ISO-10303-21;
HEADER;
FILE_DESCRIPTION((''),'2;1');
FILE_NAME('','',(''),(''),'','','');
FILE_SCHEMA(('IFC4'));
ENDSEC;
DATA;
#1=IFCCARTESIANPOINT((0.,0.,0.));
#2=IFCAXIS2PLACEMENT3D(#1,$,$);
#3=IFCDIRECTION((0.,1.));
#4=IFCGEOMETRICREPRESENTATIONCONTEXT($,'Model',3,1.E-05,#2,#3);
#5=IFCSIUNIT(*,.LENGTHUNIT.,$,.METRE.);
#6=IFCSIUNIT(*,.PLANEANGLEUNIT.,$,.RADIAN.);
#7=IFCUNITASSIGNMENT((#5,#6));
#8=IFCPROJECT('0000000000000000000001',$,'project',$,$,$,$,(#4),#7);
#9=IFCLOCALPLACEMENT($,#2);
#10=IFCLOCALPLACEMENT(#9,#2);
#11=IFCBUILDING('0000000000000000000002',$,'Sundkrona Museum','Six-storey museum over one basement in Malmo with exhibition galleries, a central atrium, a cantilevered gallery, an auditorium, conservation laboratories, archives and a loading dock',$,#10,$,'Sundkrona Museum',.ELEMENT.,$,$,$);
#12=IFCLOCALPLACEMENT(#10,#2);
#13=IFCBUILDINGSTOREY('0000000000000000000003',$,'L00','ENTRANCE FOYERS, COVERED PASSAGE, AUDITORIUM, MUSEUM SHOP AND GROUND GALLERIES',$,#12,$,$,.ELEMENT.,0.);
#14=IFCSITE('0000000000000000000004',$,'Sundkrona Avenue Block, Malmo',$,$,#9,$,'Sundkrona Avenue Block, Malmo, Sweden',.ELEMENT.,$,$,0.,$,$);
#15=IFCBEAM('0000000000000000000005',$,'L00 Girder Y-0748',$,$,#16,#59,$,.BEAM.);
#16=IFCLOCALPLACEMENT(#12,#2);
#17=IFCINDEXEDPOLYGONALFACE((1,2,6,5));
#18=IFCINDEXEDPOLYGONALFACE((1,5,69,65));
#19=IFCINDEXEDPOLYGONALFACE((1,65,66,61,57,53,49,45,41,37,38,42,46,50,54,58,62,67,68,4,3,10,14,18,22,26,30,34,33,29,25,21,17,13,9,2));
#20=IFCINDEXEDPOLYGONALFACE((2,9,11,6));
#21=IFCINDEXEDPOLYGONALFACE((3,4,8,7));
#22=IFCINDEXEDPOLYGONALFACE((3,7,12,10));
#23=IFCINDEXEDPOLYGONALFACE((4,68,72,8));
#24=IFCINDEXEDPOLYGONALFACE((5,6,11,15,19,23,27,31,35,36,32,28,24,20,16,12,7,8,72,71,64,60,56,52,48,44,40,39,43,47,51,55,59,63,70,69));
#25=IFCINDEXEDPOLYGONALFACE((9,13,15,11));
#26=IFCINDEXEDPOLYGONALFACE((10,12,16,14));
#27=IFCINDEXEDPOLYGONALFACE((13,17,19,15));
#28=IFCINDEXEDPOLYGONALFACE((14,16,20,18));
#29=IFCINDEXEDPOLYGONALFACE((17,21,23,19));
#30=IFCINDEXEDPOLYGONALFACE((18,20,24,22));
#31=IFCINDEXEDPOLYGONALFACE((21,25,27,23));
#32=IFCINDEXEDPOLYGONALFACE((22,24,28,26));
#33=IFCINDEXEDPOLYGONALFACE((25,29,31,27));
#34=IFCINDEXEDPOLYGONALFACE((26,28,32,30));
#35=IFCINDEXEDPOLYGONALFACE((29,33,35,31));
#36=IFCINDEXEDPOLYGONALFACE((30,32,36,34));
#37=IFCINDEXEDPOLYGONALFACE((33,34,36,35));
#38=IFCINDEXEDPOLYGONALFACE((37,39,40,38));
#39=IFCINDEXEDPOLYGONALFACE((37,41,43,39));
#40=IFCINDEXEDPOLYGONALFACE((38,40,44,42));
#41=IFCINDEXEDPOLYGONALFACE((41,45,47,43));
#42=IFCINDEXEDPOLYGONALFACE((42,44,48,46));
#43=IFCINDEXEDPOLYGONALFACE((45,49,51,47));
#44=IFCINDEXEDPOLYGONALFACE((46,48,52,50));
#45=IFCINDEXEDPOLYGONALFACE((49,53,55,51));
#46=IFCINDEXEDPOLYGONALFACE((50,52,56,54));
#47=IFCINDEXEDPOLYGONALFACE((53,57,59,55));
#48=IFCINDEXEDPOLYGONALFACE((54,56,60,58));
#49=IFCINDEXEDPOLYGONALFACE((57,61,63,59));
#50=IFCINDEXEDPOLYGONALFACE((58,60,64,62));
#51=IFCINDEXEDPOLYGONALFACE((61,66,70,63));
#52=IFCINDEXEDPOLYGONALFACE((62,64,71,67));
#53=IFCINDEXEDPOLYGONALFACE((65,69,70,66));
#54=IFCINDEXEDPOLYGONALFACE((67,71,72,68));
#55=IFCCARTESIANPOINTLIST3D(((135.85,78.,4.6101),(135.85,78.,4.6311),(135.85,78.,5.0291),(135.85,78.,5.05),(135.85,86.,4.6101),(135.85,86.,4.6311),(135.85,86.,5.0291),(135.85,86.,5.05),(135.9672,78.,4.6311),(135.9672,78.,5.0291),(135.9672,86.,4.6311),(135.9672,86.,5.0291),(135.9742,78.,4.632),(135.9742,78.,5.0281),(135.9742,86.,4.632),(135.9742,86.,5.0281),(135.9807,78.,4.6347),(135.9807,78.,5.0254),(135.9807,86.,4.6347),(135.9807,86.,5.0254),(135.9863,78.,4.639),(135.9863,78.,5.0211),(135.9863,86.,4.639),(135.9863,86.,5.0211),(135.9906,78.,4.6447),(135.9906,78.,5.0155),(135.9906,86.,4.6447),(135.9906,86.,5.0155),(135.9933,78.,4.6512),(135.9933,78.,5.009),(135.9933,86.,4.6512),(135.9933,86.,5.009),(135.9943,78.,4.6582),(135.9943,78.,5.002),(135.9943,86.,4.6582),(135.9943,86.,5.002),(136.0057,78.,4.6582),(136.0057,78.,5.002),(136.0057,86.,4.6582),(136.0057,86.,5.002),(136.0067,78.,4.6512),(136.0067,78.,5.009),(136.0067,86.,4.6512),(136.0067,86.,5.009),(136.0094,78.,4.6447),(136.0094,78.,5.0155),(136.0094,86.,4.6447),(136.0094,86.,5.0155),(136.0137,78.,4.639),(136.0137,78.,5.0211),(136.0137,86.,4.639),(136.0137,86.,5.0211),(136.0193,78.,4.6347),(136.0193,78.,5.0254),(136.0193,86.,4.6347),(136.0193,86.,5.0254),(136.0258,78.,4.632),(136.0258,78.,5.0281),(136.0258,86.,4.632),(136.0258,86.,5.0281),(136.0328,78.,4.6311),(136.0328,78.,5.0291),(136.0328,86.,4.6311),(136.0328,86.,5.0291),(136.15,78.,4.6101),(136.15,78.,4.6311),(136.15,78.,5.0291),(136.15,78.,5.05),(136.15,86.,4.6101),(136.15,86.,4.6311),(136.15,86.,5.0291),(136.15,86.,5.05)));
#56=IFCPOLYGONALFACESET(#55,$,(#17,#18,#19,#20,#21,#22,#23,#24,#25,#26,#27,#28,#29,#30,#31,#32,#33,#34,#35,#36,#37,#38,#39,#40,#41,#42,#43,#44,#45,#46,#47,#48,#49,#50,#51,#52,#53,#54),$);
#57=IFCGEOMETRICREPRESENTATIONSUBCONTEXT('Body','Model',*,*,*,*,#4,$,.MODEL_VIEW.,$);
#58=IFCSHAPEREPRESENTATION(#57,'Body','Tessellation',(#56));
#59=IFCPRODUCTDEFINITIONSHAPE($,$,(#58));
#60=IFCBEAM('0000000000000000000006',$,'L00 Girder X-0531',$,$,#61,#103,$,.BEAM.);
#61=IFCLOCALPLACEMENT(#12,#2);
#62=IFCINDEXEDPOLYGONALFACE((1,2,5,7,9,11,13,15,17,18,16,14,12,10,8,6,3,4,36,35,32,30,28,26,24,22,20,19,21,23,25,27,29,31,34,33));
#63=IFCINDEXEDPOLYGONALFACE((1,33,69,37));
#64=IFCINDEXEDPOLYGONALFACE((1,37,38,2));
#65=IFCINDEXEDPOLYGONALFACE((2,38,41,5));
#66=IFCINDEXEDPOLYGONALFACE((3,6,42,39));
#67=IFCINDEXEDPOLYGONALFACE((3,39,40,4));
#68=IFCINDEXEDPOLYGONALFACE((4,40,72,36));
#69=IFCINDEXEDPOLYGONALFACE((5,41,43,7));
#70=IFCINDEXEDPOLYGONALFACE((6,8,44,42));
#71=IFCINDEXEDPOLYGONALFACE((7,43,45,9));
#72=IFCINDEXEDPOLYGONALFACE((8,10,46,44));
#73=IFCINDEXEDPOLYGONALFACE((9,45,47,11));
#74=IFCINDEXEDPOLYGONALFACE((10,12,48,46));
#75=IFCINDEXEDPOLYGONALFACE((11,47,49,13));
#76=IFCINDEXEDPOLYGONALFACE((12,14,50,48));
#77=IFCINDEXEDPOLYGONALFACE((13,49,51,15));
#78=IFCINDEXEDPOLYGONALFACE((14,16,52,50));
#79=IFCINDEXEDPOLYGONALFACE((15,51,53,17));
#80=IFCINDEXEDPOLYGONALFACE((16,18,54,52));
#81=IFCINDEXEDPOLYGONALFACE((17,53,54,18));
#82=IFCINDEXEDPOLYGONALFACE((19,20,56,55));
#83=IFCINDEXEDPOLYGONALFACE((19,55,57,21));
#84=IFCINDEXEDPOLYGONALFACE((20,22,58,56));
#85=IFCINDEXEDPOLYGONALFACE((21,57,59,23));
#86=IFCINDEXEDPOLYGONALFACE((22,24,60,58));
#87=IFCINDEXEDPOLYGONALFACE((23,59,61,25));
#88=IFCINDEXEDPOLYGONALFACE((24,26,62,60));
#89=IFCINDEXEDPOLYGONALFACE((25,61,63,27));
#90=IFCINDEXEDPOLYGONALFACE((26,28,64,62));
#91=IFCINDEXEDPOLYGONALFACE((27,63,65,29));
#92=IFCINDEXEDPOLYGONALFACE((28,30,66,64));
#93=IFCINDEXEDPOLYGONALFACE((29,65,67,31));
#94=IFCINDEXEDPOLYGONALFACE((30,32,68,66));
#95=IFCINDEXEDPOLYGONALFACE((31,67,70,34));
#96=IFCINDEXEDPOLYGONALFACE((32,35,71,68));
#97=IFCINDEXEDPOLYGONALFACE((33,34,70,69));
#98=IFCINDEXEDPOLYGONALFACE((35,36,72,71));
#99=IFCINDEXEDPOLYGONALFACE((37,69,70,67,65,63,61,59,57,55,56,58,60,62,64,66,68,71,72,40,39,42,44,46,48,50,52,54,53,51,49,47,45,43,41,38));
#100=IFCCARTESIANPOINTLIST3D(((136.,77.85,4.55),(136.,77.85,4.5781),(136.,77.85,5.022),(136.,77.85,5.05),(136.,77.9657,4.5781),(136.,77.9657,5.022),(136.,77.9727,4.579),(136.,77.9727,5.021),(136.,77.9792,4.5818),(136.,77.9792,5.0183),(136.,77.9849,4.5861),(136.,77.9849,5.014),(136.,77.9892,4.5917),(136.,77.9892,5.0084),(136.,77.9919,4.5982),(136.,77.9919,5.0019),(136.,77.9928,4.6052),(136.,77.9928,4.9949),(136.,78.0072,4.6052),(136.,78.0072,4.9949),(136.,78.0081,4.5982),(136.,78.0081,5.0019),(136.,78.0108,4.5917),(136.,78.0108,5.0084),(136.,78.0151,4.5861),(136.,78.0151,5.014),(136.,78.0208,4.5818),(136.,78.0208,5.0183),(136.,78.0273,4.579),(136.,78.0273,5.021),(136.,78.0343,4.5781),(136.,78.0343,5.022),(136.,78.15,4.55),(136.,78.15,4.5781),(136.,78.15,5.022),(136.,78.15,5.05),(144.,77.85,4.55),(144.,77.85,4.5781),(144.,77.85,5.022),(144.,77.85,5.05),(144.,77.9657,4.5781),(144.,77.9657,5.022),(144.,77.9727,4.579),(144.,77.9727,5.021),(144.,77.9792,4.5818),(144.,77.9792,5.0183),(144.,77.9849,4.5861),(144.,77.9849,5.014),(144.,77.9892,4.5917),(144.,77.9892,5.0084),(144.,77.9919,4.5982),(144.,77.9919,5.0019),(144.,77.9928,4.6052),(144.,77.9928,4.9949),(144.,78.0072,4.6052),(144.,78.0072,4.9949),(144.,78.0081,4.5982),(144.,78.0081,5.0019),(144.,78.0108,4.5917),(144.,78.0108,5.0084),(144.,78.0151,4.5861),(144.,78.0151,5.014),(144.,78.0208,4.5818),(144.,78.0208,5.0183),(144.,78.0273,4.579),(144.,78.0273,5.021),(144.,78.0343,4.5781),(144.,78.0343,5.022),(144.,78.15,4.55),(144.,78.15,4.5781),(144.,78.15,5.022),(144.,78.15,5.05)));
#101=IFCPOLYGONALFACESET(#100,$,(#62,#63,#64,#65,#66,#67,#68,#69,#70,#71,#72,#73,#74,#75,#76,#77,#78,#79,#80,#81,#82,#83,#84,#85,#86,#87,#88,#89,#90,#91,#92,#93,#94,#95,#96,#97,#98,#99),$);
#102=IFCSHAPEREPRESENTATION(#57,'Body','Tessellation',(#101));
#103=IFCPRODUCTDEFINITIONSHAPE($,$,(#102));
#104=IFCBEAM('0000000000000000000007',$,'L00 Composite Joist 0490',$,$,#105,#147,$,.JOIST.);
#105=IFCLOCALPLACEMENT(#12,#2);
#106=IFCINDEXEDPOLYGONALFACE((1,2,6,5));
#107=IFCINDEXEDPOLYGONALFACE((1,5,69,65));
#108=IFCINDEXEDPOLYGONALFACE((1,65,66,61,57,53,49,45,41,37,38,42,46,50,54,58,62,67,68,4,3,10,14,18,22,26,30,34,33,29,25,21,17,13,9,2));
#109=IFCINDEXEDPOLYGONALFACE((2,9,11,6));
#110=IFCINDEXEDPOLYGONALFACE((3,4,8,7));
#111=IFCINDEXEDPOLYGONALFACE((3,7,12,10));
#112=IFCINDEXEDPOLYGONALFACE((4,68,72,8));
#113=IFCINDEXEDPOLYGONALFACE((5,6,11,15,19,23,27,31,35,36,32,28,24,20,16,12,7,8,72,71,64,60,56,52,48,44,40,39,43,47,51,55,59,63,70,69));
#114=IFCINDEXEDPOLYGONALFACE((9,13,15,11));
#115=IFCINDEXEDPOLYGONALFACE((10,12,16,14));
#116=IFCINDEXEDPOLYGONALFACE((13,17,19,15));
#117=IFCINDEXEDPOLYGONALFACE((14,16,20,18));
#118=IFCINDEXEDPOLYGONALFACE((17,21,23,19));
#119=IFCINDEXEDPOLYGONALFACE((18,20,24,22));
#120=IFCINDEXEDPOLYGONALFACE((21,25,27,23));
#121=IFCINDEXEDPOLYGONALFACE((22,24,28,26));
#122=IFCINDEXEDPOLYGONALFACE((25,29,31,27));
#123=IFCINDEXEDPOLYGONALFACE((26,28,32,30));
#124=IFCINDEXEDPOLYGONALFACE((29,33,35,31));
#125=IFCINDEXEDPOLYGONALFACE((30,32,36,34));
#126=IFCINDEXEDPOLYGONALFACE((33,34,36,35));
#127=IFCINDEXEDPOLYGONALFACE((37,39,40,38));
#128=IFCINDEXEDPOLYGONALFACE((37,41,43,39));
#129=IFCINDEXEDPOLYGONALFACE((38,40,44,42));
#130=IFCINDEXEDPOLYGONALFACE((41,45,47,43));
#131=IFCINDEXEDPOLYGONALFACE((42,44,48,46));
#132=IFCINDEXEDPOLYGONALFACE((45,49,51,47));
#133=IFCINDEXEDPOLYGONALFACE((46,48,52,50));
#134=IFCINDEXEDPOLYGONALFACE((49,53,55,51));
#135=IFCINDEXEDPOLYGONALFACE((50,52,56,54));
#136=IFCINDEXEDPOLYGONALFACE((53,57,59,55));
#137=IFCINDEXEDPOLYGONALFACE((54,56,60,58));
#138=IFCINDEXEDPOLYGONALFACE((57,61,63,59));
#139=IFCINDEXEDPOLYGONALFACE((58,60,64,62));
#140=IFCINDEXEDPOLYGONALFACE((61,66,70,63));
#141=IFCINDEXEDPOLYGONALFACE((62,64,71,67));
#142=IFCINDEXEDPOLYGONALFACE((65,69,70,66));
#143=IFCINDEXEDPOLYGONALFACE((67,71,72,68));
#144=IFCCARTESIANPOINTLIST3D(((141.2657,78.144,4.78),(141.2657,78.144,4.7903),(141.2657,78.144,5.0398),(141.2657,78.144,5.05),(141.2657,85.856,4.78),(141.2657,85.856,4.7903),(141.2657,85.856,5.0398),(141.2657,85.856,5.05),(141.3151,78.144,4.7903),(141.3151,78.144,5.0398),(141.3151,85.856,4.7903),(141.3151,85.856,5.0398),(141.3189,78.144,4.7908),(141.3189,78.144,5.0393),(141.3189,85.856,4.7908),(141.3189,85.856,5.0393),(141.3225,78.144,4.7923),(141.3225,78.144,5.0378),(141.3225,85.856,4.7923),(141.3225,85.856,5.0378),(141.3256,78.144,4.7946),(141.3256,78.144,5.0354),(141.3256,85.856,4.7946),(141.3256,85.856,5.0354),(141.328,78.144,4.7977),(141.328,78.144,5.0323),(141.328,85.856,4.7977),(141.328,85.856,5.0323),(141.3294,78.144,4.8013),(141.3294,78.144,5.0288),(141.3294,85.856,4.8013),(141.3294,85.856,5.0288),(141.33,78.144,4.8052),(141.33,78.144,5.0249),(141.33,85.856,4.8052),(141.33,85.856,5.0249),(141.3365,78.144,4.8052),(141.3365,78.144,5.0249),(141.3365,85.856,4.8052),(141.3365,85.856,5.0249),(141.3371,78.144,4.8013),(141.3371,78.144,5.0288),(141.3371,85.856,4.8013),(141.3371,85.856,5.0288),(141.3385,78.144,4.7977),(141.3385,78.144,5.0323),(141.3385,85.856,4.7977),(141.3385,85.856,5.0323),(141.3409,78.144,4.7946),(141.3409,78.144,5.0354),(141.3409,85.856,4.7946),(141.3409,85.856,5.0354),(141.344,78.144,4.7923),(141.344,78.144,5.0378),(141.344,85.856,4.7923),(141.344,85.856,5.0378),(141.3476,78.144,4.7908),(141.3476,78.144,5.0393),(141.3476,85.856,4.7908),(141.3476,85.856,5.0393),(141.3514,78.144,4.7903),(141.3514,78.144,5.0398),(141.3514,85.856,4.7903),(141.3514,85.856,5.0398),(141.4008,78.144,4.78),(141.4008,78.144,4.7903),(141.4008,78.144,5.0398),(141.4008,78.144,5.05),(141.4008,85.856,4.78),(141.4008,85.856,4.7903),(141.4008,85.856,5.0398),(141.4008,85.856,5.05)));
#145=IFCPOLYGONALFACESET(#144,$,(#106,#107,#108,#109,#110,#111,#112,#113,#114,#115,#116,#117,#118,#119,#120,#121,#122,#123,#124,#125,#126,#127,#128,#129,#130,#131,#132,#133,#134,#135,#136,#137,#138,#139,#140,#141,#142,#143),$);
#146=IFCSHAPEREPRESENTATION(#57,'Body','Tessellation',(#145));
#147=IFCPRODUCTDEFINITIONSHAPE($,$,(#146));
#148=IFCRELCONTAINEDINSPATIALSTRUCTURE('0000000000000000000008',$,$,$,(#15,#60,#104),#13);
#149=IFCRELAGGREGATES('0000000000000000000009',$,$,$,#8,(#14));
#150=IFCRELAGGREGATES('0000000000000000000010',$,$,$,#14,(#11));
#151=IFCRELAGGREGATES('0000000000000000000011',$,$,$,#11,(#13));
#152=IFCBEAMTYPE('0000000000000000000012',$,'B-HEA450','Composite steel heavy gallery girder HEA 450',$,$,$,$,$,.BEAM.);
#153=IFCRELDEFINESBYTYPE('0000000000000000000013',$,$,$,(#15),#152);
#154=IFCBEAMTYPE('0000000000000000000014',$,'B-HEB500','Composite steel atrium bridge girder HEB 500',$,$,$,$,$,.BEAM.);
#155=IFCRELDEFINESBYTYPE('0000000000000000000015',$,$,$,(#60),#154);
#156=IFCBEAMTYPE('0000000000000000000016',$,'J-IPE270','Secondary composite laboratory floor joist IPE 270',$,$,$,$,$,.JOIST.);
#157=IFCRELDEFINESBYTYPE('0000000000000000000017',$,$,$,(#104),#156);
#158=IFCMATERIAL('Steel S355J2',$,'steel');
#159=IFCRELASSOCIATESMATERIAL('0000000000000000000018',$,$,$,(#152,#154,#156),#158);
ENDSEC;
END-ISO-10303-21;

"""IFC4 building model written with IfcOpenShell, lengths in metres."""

from ifc_helpers import new_model, si_unit, direction, frame, origin, origin_2d, place, context, subcontext, project, spatial, i_section, extrude, material, material_profile, profile_set, type_object, element, save


model = new_model("IFC4")

# Units and contexts
model_context = context("Model", 3, precision=1e-05, world=origin(), true_north=direction((0.0, 1.0)))
body_context = subcontext(model_context, "Body", "Model", "MODEL_VIEW")
ifc_project = project(units=[si_unit("LENGTHUNIT", "METRE"), si_unit("PLANEANGLEUNIT", "RADIAN")], contexts=[model_context])

# Site, building, storey
site_placement = place(None, origin())
site = spatial("IfcSite", under=ifc_project, at=site_placement, Name="Sundkrona Avenue Block, Malmo", LongName="Sundkrona Avenue Block, Malmo, Sweden", CompositionType="ELEMENT", RefElevation=0.0)
building_placement = place(site_placement, origin())
building = spatial("IfcBuilding", under=site, at=building_placement, Name="Sundkrona Museum", Description="Six-storey museum over one basement in Malmo with exhibition galleries, a central atrium, a cantilevered gallery, an auditorium, conservation laboratories, archives and a loading dock", LongName="Sundkrona Museum", CompositionType="ELEMENT")
storey_placement = place(building_placement, origin())
storey = spatial("IfcBuildingStorey", under=building, at=storey_placement, Name="L00", Description="ENTRANCE FOYERS, COVERED PASSAGE, AUDITORIUM, MUSEUM SHOP AND GROUND GALLERIES", CompositionType="ELEMENT", Elevation=0.0)

# Shared definitions
ifc_material_1 = material(Name="Steel S355J2", Category="steel")

# Beams
ifc_material_profile_1 = material_profile(ifc_material_1, i_section(OverallWidth=0.3, OverallDepth=0.4399, WebThickness=0.0115, FlangeThickness=0.021, FilletRadius=0.0271, at=origin_2d()), Name="HEA 450")
ifc_profile_set_1 = profile_set([ifc_material_profile_1], Name="Steel S355J2")
beam_type_1 = type_object("IfcBeamType", Name="B-HEA450", Description="Composite steel heavy gallery girder HEA 450", PredefinedType="BEAM", material=ifc_profile_set_1)
for number, where, z_axis, x_axis, name in (
    (1, (136.0, 78.0, 4.8301), (0.0, 1.0, 0.0), (-1.0, 0.0, 0.0), "L00 Girder Y-0748"),
):
    element("IfcBeam", number, at=place(storey_placement, frame(where, z_axis=z_axis, x_axis=x_axis)), inside=storey, type_object=beam_type_1, Name=name, PredefinedType="BEAM", context=body_context, shape_type="SweptSolid", body=[
        extrude(i_section(OverallWidth=0.3, OverallDepth=0.4399, WebThickness=0.0115, FlangeThickness=0.021, FilletRadius=0.0271, at=origin_2d()), origin(), (0.0, 0.0, 1.0), 8.0),
    ])
ifc_material_profile_2 = material_profile(ifc_material_1, i_section(OverallWidth=0.3, OverallDepth=0.5, WebThickness=0.0144, FlangeThickness=0.0281, FilletRadius=0.0271, at=origin_2d()), Name="HEB 500")
ifc_profile_set_2 = profile_set([ifc_material_profile_2], Name="Steel S355J2")
beam_type_2 = type_object("IfcBeamType", Name="B-HEB500", Description="Composite steel atrium bridge girder HEB 500", PredefinedType="BEAM", material=ifc_profile_set_2)
beam_1_placement = place(storey_placement, frame((136.0, 78.0, 4.8), z_axis=(1.0, 0.0, 0.0), x_axis=(0.0, 1.0, 0.0)))
element("IfcBeam", 2, at=beam_1_placement, inside=storey, type_object=beam_type_2, Name="L00 Girder X-0531", PredefinedType="BEAM", context=body_context, shape_type="SweptSolid", body=[
    extrude(i_section(OverallWidth=0.3, OverallDepth=0.5, WebThickness=0.0144, FlangeThickness=0.0281, FilletRadius=0.0271, at=origin_2d()), origin(), (0.0, 0.0, 1.0), 8.0),
])
ifc_material_profile_3 = material_profile(ifc_material_1, i_section(OverallWidth=0.135, OverallDepth=0.27, WebThickness=0.0066, FlangeThickness=0.0103, FilletRadius=0.0149, at=origin_2d()), Name="IPE 270")
ifc_profile_set_3 = profile_set([ifc_material_profile_3], Name="Steel S355J2")
beam_type_3 = type_object("IfcBeamType", Name="J-IPE270", Description="Secondary composite laboratory floor joist IPE 270", PredefinedType="JOIST", material=ifc_profile_set_3)
beam_2_placement = place(storey_placement, frame((141.3333, 78.144, 4.915), z_axis=(0.0, 1.0, 0.0), x_axis=(-1.0, 0.0, 0.0)))
element("IfcBeam", 3, at=beam_2_placement, inside=storey, type_object=beam_type_3, Name="L00 Composite Joist 0490", PredefinedType="JOIST", context=body_context, shape_type="SweptSolid", body=[
    extrude(i_section(OverallWidth=0.135, OverallDepth=0.27, WebThickness=0.0066, FlangeThickness=0.0103, FilletRadius=0.0149, at=origin_2d()), origin(), (0.0, 0.0, 1.0), 7.7119),
])

save(model, "model.ifc")
